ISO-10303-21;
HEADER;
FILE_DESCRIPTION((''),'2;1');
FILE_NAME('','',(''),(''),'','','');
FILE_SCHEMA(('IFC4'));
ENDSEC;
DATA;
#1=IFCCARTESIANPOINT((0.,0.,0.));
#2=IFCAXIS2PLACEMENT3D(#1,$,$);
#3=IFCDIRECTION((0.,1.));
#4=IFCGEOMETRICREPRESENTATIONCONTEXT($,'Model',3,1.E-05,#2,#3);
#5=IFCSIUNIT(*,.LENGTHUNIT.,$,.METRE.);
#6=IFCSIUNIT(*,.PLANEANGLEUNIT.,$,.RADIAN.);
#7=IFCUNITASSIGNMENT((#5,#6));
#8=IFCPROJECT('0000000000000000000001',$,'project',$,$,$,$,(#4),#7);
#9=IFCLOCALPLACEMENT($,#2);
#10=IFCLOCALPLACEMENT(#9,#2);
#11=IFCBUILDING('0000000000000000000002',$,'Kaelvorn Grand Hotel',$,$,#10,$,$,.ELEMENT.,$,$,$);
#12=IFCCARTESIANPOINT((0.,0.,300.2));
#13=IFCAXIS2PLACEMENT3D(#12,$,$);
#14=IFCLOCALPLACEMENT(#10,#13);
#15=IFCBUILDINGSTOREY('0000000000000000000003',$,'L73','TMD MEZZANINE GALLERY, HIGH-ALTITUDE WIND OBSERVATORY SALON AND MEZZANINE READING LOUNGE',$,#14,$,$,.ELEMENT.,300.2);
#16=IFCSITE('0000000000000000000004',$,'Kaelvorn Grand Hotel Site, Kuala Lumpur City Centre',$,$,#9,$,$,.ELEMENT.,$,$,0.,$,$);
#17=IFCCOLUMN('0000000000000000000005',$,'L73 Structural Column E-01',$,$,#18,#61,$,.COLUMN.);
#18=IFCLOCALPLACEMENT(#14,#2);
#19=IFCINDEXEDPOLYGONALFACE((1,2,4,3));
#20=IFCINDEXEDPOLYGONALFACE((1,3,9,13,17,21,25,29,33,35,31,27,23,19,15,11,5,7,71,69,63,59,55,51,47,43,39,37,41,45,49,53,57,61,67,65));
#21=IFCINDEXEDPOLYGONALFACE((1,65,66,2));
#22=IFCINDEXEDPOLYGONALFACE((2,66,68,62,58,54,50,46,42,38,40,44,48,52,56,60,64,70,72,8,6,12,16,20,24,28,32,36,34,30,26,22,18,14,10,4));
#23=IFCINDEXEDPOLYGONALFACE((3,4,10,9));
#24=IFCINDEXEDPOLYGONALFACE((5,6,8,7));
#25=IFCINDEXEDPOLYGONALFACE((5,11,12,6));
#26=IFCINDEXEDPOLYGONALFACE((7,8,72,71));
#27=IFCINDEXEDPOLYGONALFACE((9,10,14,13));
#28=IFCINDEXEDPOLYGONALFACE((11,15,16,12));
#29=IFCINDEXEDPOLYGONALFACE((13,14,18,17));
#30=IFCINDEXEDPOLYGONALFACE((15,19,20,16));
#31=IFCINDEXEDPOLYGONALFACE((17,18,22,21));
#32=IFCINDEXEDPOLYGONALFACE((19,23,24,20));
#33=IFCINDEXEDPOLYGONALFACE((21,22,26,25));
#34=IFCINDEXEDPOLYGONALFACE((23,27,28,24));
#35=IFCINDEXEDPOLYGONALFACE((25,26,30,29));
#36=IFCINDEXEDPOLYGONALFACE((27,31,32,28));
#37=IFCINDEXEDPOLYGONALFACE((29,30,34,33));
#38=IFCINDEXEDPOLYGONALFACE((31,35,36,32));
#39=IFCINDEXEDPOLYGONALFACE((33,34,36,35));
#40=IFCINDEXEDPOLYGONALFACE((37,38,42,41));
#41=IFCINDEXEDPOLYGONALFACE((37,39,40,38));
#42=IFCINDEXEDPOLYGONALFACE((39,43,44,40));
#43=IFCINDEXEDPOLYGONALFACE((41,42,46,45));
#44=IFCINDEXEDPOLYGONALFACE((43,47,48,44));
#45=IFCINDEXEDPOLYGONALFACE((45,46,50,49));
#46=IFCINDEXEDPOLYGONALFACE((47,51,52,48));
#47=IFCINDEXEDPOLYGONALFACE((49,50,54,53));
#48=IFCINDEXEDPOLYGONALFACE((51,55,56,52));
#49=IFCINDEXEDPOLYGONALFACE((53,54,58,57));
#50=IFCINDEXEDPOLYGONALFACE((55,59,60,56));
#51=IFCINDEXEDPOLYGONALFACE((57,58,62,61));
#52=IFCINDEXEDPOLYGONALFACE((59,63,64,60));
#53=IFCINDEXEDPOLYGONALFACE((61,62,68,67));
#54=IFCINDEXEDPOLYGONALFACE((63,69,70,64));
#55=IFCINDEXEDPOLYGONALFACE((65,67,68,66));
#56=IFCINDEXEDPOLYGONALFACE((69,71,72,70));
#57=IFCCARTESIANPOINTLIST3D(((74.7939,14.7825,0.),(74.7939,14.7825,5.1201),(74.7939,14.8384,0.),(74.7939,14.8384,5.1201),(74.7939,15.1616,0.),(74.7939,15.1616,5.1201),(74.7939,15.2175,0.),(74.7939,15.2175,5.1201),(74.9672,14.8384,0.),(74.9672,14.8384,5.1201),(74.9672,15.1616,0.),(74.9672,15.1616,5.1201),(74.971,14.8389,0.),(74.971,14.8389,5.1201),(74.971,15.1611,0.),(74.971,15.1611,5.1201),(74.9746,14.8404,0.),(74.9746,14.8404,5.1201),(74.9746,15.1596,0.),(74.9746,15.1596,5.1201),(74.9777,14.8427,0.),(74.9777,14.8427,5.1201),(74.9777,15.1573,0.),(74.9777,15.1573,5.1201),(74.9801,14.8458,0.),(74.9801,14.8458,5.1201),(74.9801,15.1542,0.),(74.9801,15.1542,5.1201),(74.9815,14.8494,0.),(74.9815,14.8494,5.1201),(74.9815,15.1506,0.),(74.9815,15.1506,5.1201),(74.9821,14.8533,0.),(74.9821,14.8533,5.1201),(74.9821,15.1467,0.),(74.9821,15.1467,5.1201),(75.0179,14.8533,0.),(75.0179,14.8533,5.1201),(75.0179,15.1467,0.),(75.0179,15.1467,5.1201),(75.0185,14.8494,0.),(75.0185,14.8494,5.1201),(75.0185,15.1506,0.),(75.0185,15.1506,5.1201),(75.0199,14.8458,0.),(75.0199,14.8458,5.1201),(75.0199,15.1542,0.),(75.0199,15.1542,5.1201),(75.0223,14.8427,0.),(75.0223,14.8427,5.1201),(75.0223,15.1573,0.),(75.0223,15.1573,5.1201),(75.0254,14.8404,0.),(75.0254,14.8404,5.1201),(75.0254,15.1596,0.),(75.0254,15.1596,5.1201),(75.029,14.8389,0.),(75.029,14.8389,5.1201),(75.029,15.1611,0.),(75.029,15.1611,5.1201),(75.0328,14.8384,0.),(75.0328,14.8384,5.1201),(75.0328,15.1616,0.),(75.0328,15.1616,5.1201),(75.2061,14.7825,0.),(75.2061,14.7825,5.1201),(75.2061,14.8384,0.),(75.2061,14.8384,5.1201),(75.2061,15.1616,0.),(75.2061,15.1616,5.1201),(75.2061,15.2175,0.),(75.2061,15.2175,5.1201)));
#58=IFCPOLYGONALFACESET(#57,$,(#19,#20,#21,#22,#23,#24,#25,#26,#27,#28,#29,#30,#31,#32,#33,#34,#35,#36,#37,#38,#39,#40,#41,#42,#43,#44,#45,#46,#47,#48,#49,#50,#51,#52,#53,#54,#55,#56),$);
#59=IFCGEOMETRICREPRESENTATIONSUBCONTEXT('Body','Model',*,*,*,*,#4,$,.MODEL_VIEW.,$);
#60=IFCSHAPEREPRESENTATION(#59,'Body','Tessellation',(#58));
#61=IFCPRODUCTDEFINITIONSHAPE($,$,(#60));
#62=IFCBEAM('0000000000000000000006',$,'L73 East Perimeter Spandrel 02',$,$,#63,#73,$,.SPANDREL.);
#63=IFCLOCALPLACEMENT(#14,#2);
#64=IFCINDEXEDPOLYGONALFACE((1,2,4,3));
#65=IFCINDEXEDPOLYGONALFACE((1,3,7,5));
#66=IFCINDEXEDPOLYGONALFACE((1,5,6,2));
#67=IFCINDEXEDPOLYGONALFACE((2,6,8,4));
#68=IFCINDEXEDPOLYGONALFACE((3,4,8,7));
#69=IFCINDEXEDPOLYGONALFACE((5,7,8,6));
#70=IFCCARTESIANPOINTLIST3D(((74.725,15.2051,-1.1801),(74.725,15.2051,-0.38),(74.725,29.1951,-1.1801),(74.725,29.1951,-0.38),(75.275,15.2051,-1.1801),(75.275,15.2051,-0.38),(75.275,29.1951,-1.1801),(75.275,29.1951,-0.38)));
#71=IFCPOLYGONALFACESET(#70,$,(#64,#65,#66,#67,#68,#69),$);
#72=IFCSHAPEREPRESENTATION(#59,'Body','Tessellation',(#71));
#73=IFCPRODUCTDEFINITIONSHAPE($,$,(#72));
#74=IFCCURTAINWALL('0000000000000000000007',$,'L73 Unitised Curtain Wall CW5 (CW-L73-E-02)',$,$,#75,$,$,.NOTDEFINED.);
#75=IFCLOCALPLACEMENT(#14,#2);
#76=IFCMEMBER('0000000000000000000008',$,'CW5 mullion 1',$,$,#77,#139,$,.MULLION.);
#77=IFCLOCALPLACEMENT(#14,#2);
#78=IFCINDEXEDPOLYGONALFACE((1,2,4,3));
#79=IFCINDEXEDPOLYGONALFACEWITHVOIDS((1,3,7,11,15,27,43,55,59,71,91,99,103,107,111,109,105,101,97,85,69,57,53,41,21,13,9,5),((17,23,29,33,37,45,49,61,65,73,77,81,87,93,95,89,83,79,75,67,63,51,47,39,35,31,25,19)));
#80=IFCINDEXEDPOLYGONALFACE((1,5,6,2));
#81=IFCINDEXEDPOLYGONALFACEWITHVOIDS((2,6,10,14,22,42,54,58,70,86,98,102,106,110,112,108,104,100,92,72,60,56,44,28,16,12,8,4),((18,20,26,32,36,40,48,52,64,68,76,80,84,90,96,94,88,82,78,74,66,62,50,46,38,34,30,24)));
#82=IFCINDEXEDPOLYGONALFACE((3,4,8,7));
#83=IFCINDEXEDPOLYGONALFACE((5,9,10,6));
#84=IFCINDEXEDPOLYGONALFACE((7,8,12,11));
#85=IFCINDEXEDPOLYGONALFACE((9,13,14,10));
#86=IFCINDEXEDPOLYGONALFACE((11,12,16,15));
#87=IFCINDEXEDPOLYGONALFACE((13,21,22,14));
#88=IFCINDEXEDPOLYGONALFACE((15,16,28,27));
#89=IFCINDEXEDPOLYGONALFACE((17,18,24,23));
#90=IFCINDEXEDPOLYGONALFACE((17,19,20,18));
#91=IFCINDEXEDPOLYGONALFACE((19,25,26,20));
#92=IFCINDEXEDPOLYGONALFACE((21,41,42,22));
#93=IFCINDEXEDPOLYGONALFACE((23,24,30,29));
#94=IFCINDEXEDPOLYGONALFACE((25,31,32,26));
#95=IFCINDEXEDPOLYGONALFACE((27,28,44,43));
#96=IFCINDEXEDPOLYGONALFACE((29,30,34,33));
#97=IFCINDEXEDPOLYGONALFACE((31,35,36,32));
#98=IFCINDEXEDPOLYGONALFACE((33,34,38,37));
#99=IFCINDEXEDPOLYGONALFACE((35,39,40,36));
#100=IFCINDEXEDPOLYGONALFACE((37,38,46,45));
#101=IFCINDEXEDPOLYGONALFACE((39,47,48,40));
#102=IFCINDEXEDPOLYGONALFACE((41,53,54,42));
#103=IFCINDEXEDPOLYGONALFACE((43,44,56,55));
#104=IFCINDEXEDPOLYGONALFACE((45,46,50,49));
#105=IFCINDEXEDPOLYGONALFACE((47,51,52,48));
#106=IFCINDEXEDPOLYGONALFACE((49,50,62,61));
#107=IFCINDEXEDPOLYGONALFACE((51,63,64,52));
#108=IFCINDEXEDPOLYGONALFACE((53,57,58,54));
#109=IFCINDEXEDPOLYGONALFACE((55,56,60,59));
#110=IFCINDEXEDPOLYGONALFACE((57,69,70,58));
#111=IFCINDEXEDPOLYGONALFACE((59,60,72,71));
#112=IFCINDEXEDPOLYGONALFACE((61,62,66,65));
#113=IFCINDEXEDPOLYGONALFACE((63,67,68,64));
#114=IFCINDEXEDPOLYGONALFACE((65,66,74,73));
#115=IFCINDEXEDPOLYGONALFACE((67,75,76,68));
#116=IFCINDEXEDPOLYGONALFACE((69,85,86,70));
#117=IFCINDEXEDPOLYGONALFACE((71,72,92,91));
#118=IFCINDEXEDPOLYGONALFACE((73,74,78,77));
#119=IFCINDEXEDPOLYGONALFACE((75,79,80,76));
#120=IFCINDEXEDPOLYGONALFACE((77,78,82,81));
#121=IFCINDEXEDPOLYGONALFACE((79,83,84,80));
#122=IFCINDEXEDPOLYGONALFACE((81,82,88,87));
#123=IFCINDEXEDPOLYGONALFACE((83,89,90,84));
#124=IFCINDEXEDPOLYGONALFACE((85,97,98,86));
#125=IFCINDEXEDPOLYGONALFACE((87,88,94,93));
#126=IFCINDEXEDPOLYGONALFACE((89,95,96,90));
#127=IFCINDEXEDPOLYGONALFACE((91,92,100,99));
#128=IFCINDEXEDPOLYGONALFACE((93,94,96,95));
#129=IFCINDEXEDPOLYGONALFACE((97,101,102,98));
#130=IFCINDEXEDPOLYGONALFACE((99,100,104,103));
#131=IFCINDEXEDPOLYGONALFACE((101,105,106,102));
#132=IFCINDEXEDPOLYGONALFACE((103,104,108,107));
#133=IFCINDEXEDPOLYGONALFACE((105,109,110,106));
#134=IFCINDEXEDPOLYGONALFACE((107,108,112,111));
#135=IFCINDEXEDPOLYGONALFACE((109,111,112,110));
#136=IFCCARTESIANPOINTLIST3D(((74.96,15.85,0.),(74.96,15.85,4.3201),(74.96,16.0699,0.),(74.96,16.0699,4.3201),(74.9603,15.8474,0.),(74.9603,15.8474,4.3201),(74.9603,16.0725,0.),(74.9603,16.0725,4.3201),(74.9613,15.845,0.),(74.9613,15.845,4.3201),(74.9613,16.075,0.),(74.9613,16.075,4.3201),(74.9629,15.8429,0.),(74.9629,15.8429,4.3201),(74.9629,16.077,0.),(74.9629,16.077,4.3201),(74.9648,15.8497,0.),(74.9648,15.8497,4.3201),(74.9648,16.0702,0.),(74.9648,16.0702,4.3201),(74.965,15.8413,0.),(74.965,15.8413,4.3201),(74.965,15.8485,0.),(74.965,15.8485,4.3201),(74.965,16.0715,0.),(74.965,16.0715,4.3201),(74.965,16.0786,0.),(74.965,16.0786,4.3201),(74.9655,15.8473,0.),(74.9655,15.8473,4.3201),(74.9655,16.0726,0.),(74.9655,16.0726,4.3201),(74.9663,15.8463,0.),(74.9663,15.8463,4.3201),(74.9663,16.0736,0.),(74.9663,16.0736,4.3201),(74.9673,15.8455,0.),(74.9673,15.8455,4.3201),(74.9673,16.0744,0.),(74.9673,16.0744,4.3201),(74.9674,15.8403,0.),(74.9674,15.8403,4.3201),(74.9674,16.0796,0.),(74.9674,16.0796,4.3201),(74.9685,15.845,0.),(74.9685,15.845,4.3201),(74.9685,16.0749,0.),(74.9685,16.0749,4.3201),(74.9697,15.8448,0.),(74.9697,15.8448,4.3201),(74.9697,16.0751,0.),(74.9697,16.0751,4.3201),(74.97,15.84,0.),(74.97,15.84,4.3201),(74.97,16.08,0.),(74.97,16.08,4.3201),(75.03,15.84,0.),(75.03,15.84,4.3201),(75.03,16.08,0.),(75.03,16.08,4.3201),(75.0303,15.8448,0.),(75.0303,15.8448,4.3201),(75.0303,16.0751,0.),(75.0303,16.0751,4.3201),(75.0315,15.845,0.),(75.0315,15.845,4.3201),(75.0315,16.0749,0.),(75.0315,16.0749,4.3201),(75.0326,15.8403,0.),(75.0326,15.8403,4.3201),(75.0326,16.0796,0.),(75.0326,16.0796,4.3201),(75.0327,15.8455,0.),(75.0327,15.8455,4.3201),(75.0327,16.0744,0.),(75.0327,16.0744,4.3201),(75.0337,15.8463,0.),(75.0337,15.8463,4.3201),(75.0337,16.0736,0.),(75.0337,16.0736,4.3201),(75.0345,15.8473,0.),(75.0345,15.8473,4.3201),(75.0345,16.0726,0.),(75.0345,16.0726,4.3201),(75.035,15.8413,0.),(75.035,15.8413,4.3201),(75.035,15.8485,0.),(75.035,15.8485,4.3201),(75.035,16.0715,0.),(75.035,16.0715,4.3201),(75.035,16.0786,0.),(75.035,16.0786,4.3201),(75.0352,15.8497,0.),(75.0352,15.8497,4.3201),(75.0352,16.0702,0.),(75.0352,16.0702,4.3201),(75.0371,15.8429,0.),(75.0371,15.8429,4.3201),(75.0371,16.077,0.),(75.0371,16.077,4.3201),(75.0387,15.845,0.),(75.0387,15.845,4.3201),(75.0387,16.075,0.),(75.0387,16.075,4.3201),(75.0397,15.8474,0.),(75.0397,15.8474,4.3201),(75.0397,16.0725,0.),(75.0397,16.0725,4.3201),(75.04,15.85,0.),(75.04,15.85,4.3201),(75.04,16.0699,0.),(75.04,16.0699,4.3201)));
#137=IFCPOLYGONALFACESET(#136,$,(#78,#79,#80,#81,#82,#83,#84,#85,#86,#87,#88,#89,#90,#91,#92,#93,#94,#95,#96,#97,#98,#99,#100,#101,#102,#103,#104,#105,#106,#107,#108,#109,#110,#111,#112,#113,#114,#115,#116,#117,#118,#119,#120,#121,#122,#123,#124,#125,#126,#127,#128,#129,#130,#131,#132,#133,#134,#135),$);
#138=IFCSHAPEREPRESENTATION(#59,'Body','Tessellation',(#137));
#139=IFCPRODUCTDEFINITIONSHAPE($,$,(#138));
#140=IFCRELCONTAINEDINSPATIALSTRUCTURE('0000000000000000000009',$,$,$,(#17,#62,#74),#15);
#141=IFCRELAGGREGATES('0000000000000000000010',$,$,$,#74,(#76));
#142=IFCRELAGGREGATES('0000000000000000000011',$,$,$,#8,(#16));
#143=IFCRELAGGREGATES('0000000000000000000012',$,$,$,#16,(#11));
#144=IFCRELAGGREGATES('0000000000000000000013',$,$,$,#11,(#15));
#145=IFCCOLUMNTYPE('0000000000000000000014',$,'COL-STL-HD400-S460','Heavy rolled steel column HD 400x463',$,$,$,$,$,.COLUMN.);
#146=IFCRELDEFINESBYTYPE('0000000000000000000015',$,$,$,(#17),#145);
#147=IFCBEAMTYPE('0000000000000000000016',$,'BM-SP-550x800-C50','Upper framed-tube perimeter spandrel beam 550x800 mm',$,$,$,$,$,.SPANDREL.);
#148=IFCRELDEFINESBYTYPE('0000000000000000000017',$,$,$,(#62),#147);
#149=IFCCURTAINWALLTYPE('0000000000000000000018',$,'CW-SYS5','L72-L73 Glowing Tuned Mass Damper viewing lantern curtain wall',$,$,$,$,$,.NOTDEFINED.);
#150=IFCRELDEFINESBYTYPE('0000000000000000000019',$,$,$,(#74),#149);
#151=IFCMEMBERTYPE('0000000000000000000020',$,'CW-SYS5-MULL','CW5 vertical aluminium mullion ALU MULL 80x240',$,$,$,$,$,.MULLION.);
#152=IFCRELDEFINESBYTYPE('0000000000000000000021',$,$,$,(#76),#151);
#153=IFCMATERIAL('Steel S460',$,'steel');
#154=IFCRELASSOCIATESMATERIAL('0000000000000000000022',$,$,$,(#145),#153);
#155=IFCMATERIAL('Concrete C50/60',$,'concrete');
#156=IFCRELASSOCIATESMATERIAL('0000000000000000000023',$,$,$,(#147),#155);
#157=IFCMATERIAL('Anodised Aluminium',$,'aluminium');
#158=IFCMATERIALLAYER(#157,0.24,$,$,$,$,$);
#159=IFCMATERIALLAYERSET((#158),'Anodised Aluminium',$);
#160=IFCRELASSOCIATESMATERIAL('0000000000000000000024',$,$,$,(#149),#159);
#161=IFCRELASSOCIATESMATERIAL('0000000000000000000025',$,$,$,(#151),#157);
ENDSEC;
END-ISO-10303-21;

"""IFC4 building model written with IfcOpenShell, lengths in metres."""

from ifc_helpers import new_model, si_unit, direction, frame, origin, origin_2d, place, context, subcontext, project, spatial, rectangle, hollow_rectangle, i_section, extrude, material, layer, layer_set, material_profile, profile_set, type_object, element, aggregate, save


model = new_model("IFC4")

# Units and contexts
model_context = context("Model", 3, precision=1e-05, world=origin(), true_north=direction((0.0, 1.0)))
body_context = subcontext(model_context, "Body", "Model", "MODEL_VIEW")
ifc_project = project(units=[si_unit("LENGTHUNIT", "METRE"), si_unit("PLANEANGLEUNIT", "RADIAN")], contexts=[model_context])

# Site, building, storey
site_placement = place(None, origin())
site = spatial("IfcSite", under=ifc_project, at=site_placement, Name="Kaelvorn Grand Hotel Site, Kuala Lumpur City Centre", CompositionType="ELEMENT", RefElevation=0.0)
building_placement = place(site_placement, origin())
building = spatial("IfcBuilding", under=site, at=building_placement, Name="Kaelvorn Grand Hotel", CompositionType="ELEMENT")
storey_placement = place(building_placement, frame((0.0, 0.0, 300.2)))
storey = spatial("IfcBuildingStorey", under=building, at=storey_placement, Name="L73", Description="TMD MEZZANINE GALLERY, HIGH-ALTITUDE WIND OBSERVATORY SALON AND MEZZANINE READING LOUNGE", CompositionType="ELEMENT", Elevation=300.2)

# Column
ifc_material_1 = material(Name="Steel S460", Category="steel")
ifc_material_profile_1 = material_profile(ifc_material_1, i_section(OverallWidth=0.4121, OverallDepth=0.4351, WebThickness=0.0359, FlangeThickness=0.0559, FilletRadius=0.0149, at=origin_2d()), Name="HD 400x463")
ifc_profile_set_1 = profile_set([ifc_material_profile_1], Name="Steel S460")
column_type = type_object("IfcColumnType", Name="COL-STL-HD400-S460", Description="Heavy rolled steel column HD 400x463", PredefinedType="COLUMN", material=ifc_profile_set_1)
column_placement = place(storey_placement, frame((75.0, 15.0, 0.0), z_axis=(0.0, 0.0, 1.0), x_axis=(1.0, 0.0, 0.0)))
element("IfcColumn", 1, at=column_placement, inside=storey, type_object=column_type, Name="L73 Structural Column E-01", PredefinedType="COLUMN", context=body_context, shape_type="SweptSolid", body=[
    extrude(i_section(OverallWidth=0.4121, OverallDepth=0.4351, WebThickness=0.0359, FlangeThickness=0.0559, FilletRadius=0.0149, at=origin_2d()), origin(), (0.0, 0.0, 1.0), 5.1201),
])

# Beam
ifc_material_2 = material(Name="Concrete C50/60", Category="concrete")
ifc_material_profile_2 = material_profile(ifc_material_2, rectangle(XDim=0.55, YDim=0.8, at=origin_2d()), Name="RC SPANDREL 550x800")
ifc_profile_set_2 = profile_set([ifc_material_profile_2], Name="Concrete C50/60")
beam_type = type_object("IfcBeamType", Name="BM-SP-550x800-C50", Description="Upper framed-tube perimeter spandrel beam 550x800 mm", PredefinedType="SPANDREL", material=ifc_profile_set_2)
beam_placement = place(storey_placement, frame((75.0, 15.2051, -0.78), z_axis=(0.0, 1.0, 0.0), x_axis=(-1.0, 0.0, 0.0)))
element("IfcBeam", 2, at=beam_placement, inside=storey, type_object=beam_type, Name="L73 East Perimeter Spandrel 02", PredefinedType="SPANDREL", context=body_context, shape_type="SweptSolid", body=[
    extrude(rectangle(XDim=0.55, YDim=0.8, at=origin_2d()), origin(), (0.0, 0.0, 1.0), 13.99),
])

# Curtain wall, member
ifc_material_3 = material(Name="Anodised Aluminium", Category="aluminium")
ifc_layer_1 = layer(ifc_material_3, 0.24)
ifc_layer_set_1 = layer_set([ifc_layer_1], Name="Anodised Aluminium")
curtain_wall_type = type_object("IfcCurtainWallType", Name="CW-SYS5", Description="L72-L73 Glowing Tuned Mass Damper viewing lantern curtain wall", PredefinedType="NOTDEFINED", material=ifc_layer_set_1)
curtain_wall_placement = place(storey_placement, origin())
curtain_wall = element("IfcCurtainWall", 3, at=curtain_wall_placement, inside=storey, type_object=curtain_wall_type, Name="L73 Unitised Curtain Wall CW5 (CW-L73-E-02)", PredefinedType="NOTDEFINED")
ifc_material_profile_3 = material_profile(ifc_material_3, hollow_rectangle(XDim=0.0801, YDim=0.24, WallThickness=0.0049, InnerFilletRadius=0.0049, OuterFilletRadius=0.01, at=origin_2d()), Name="ALU MULL 80x240")
ifc_profile_set_3 = profile_set([ifc_material_profile_3], Name="Anodised Aluminium")
member_type_1 = type_object("IfcMemberType", Name="CW-SYS5-MULL", Description="CW5 vertical aluminium mullion ALU MULL 80x240", PredefinedType="MULLION", material=ifc_profile_set_3)
member_1_placement = place(storey_placement, frame((75.0, 15.96, 0.0), z_axis=(0.0, 0.0, 1.0), x_axis=(-1.0, 0.0, 0.0)))
member_1 = element("IfcMember", 4, at=member_1_placement, type_object=member_type_1, Name="CW5 mullion 1", PredefinedType="MULLION", context=body_context, shape_type="SweptSolid", body=[
    extrude(hollow_rectangle(XDim=0.0801, YDim=0.24, WallThickness=0.0049, InnerFilletRadius=0.0049, OuterFilletRadius=0.01, at=origin_2d()), origin(), (0.0, 0.0, 1.0), 4.3201),
])
aggregate(curtain_wall, [member_1])

save(model, "model.ifc")
